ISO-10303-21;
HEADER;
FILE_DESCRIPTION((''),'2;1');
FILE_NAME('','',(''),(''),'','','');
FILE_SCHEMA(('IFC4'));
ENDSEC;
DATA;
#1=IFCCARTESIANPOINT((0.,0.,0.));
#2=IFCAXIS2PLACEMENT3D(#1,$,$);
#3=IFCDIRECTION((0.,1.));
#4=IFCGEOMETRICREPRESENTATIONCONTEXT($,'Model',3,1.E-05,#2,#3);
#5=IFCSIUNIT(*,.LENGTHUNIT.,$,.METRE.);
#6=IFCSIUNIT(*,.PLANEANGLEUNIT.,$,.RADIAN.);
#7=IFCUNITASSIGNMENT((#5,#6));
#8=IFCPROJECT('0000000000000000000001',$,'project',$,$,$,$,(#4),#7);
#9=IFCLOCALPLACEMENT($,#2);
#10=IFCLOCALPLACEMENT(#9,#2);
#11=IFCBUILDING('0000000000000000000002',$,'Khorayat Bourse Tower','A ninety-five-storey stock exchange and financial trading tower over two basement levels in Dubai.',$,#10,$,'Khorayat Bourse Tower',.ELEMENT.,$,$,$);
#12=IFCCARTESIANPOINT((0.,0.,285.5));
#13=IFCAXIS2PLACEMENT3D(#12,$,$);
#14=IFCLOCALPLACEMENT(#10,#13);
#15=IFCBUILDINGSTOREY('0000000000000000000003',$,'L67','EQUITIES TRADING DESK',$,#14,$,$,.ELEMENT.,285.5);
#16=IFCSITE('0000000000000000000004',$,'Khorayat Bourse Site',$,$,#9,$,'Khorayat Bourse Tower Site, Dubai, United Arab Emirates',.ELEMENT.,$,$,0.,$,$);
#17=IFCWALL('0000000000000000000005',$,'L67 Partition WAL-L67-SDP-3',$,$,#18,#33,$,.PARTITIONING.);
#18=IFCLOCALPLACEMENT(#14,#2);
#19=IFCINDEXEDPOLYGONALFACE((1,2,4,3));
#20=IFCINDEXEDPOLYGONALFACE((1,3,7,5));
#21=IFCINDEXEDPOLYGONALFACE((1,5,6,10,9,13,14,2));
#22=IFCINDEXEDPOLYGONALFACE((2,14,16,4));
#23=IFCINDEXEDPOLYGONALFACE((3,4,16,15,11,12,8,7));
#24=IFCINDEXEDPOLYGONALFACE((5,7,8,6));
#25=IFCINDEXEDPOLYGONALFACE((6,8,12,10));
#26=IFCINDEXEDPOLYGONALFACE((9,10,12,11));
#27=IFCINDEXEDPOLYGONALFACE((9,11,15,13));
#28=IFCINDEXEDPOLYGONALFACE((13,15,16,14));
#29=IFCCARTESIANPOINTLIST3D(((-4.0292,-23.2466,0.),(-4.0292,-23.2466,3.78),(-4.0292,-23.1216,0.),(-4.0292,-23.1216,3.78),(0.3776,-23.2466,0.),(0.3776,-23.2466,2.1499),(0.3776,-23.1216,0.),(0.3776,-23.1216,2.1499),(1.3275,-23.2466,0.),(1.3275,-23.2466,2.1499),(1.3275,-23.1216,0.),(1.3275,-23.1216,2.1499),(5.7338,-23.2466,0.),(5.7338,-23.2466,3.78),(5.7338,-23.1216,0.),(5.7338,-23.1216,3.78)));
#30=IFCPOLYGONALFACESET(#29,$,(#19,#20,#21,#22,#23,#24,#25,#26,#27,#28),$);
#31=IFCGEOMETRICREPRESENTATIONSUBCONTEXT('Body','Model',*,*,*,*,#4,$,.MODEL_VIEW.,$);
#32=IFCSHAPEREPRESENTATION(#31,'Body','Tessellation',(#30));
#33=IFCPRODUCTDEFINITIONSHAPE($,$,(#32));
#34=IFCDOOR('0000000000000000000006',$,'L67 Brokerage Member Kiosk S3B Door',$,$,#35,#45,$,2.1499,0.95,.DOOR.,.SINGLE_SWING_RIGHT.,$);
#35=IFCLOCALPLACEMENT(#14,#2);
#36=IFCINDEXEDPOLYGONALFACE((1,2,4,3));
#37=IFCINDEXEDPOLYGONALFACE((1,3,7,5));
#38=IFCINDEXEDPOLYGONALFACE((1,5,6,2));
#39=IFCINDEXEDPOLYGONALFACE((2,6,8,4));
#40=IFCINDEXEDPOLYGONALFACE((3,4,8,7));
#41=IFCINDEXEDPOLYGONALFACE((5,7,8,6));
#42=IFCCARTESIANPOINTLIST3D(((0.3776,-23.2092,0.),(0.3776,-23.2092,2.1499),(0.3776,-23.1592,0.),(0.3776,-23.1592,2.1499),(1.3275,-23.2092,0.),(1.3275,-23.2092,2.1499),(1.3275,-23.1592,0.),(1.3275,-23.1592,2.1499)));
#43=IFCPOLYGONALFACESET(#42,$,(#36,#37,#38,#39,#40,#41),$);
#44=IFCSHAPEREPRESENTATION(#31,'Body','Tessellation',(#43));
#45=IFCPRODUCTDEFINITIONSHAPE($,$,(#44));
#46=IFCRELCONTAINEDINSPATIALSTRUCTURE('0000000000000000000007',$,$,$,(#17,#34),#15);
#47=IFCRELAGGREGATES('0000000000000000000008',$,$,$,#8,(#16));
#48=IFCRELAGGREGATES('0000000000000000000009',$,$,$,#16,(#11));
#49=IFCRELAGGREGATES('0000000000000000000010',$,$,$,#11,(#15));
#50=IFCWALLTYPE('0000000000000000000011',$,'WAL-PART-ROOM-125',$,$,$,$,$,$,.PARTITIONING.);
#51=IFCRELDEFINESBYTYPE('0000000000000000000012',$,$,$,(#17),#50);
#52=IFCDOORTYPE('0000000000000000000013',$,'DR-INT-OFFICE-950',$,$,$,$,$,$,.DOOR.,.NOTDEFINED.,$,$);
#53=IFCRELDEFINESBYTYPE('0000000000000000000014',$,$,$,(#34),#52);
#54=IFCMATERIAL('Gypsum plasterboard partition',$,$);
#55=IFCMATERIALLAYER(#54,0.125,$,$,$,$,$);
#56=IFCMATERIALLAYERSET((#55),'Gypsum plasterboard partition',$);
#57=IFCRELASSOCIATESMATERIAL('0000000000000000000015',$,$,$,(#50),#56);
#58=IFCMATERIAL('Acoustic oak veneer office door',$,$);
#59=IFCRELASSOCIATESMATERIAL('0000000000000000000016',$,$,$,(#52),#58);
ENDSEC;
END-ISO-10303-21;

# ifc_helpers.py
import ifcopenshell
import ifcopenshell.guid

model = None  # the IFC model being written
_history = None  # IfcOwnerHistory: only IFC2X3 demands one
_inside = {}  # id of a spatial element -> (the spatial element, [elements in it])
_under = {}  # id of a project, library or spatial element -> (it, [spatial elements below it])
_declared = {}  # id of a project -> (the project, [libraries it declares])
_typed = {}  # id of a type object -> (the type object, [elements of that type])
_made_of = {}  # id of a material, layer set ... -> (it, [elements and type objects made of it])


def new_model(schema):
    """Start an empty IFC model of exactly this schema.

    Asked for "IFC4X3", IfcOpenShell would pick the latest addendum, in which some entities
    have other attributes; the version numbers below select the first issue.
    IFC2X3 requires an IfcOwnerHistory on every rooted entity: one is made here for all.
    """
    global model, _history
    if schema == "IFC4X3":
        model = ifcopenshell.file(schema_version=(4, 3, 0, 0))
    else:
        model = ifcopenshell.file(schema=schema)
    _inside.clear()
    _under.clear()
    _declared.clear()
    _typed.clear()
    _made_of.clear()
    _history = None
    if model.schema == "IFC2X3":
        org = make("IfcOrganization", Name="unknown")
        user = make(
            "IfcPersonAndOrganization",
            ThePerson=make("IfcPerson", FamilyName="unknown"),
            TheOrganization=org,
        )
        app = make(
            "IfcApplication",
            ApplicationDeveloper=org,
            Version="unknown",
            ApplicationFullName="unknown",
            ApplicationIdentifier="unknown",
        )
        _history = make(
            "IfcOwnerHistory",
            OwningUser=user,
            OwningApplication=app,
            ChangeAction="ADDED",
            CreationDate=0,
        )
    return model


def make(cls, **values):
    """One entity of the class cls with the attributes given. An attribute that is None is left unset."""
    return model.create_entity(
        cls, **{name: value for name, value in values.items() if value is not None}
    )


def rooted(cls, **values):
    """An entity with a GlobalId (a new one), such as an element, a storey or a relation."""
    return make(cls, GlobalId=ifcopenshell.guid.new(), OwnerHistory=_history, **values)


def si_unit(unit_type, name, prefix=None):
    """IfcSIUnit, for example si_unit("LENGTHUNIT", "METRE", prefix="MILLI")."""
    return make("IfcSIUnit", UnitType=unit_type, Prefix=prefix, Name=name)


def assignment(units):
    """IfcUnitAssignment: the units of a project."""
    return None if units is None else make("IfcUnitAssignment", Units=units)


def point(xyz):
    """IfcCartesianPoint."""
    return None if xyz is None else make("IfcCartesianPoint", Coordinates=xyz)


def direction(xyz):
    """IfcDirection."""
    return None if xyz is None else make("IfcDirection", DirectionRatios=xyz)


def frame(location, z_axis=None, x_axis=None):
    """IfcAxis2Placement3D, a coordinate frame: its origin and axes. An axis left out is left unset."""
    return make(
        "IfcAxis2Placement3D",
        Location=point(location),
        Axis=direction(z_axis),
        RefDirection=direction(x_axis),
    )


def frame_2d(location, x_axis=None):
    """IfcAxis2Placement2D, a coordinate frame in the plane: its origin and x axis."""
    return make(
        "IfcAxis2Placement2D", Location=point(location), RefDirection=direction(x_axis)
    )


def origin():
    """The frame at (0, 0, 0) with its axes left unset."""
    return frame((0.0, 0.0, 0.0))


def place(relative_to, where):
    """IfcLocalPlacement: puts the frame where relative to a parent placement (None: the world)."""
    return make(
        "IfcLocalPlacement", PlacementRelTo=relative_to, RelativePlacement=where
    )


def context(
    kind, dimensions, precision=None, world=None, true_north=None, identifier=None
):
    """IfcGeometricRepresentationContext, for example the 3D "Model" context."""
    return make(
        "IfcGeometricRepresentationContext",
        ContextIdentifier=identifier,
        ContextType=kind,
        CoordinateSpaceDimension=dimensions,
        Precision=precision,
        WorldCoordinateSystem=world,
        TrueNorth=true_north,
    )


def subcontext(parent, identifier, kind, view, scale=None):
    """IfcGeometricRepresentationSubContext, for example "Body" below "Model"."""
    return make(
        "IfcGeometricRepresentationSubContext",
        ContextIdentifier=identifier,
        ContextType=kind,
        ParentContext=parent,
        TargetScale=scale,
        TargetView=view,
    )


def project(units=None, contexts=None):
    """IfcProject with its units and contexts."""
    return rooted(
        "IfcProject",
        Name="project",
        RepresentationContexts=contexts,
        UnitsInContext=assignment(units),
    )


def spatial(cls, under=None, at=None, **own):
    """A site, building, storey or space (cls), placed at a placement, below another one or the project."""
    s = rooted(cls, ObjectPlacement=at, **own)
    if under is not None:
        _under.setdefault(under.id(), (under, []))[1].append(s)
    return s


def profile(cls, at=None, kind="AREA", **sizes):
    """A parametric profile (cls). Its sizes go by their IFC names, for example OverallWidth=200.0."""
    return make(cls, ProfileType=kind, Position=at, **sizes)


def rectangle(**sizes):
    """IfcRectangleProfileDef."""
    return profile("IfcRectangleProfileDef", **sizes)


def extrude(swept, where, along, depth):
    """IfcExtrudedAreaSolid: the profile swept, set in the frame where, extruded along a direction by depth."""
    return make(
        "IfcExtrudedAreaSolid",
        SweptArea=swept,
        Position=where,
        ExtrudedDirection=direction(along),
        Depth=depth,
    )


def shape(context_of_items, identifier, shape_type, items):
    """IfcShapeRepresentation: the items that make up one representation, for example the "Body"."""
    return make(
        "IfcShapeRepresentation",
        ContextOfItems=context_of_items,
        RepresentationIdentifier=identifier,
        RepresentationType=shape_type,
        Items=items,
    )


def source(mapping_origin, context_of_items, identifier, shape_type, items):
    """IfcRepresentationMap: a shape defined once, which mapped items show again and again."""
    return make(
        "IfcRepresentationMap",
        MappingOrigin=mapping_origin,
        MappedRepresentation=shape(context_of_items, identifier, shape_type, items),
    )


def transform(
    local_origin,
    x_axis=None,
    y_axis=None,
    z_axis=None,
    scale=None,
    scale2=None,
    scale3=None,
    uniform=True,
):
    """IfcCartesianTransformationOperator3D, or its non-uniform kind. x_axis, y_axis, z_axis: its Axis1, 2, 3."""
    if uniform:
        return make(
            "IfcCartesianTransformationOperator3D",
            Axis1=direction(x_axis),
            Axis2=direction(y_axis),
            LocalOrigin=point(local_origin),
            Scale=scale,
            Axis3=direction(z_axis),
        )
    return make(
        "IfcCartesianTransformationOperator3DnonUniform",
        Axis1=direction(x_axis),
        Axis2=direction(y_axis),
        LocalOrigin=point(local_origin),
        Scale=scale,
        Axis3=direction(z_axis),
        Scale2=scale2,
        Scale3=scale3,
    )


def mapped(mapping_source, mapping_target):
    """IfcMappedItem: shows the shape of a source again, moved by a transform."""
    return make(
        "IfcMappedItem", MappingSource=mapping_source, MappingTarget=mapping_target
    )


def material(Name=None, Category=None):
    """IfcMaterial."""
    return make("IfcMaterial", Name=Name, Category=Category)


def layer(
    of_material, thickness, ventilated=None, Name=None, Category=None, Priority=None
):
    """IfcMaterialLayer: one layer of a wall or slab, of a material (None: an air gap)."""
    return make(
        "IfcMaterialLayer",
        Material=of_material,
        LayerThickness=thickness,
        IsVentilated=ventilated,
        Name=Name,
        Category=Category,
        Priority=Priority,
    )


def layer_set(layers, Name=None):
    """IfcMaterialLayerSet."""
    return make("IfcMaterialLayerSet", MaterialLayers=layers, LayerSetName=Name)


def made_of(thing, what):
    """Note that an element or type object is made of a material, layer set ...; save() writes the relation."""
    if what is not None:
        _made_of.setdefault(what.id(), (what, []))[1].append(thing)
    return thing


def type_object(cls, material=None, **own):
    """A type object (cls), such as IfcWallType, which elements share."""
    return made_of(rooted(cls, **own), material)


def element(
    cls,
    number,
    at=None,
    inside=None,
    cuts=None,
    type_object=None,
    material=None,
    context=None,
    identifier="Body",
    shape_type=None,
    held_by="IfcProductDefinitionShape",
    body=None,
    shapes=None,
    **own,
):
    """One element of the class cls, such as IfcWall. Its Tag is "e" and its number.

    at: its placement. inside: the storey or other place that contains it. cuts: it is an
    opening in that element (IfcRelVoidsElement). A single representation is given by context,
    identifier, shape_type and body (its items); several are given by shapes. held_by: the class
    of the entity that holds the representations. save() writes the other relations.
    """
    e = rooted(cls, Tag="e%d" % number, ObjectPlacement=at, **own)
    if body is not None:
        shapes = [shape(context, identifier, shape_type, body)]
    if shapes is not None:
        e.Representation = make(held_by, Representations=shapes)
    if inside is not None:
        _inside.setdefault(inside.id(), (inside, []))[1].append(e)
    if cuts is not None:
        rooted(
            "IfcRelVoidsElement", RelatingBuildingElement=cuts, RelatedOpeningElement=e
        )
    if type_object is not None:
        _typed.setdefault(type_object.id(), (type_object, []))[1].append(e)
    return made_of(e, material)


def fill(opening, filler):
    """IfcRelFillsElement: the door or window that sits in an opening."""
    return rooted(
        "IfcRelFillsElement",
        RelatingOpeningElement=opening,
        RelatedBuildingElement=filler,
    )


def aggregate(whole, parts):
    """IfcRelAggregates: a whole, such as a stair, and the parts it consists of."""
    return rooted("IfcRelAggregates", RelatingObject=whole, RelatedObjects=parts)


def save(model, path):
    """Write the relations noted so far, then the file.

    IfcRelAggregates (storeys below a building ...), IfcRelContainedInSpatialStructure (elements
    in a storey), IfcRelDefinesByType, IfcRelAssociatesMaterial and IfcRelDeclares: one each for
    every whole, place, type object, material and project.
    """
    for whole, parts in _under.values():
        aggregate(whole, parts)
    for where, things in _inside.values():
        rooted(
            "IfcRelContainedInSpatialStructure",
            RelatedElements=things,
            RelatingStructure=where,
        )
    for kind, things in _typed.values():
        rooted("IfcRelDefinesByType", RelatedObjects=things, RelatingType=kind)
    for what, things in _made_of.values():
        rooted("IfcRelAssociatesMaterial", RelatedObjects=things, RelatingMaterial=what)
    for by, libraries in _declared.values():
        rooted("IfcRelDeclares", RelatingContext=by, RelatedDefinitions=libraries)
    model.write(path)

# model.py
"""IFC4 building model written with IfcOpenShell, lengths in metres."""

from ifc_helpers import new_model, si_unit, direction, frame, frame_2d, origin, place, context, subcontext, project, spatial, rectangle, extrude, source, transform, mapped, material, layer, layer_set, type_object, element, fill, save


model = new_model("IFC4")

# Units and contexts
model_context = context("Model", 3, precision=1e-05, world=origin(), true_north=direction((0.0, 1.0)))
body_context = subcontext(model_context, "Body", "Model", "MODEL_VIEW")
ifc_project = project(units=[si_unit("LENGTHUNIT", "METRE"), si_unit("PLANEANGLEUNIT", "RADIAN")], contexts=[model_context])

# Site, building, storey
site_placement = place(None, origin())
site = spatial("IfcSite", under=ifc_project, at=site_placement, Name="Khorayat Bourse Site", LongName="Khorayat Bourse Tower Site, Dubai, United Arab Emirates", CompositionType="ELEMENT", RefElevation=0.0)
building_placement = place(site_placement, origin())
building = spatial("IfcBuilding", under=site, at=building_placement, Name="Khorayat Bourse Tower", Description="A ninety-five-storey stock exchange and financial trading tower over two basement levels in Dubai.", LongName="Khorayat Bourse Tower", CompositionType="ELEMENT")
storey_placement = place(building_placement, frame((0.0, 0.0, 285.5)))
storey = spatial("IfcBuildingStorey", under=building, at=storey_placement, Name="L67", Description="EQUITIES TRADING DESK", CompositionType="ELEMENT", Elevation=285.5)

# Wall, opening, door
ifc_material_1 = material(Name="Gypsum plasterboard partition")
ifc_layer_1 = layer(ifc_material_1, 0.125)
ifc_layer_set_1 = layer_set([ifc_layer_1], Name="Gypsum plasterboard partition")
wall_type_1 = type_object("IfcWallType", Name="WAL-PART-ROOM-125", PredefinedType="PARTITIONING", material=ifc_layer_set_1)
shared_shape_1 = source(origin(), body_context, "Body", "SweptSolid", [
    extrude(rectangle(XDim=9.7629, YDim=0.125, at=frame_2d((4.8813, 0.0))), origin(), (0.0, 0.0, 1.0), 3.78),
])
wall_1_placement = place(storey_placement, frame((-4.0291, -23.1841, 0.0), z_axis=(0.0, 0.0, 1.0), x_axis=(1.0, 0.0, 0.0)))
wall_1 = element("IfcWall", 1, at=wall_1_placement, inside=storey, type_object=wall_type_1, Name="L67 Partition WAL-L67-SDP-3", PredefinedType="PARTITIONING", context=body_context, shape_type="MappedRepresentation", body=[
    mapped(shared_shape_1, transform((0.0, 0.0, 0.0), scale=1.0)),
])
shared_shape_2 = source(origin(), body_context, "Body", "SweptSolid", [
    extrude(rectangle(XDim=0.95, YDim=2.1499, at=frame_2d((0.4751, 1.075))), frame((0.0, 0.0725, 0.0), z_axis=(0.0, -1.0, 0.0), x_axis=(1.0, 0.0, 0.0)), (0.0, 0.0, 1.0), 0.145),
])
opening_placement = place(wall_1_placement, frame((4.4065, 0.0, 0.0)))
opening = element("IfcOpeningElement", 2, at=opening_placement, cuts=wall_1, PredefinedType="OPENING", context=body_context, shape_type="MappedRepresentation", body=[
    mapped(shared_shape_2, transform((0.0, 0.0, 0.0), scale=1.0)),
])
ifc_material_2 = material(Name="Acoustic oak veneer office door")
door_type = type_object("IfcDoorType", Name="DR-INT-OFFICE-950", OperationType="NOTDEFINED", PredefinedType="DOOR", material=ifc_material_2)
shared_shape_3 = source(origin(), body_context, "Body", "SweptSolid", [
    extrude(rectangle(XDim=0.95, YDim=2.1499, at=frame_2d((0.4751, 1.075))), frame((0.0, 0.0249, 0.0), z_axis=(0.0, -1.0, 0.0), x_axis=(1.0, 0.0, 0.0)), (0.0, 0.0, 1.0), 0.05),
])
door_placement = place(opening_placement, origin())
door = element("IfcDoor", 3, at=door_placement, inside=storey, type_object=door_type, Name="L67 Brokerage Member Kiosk S3B Door", OperationType="SINGLE_SWING_RIGHT", OverallHeight=2.1499, OverallWidth=0.95, PredefinedType="DOOR", context=body_context, shape_type="MappedRepresentation", body=[
    mapped(shared_shape_3, transform((0.0, 0.0, 0.0), scale=1.0)),
])
fill(opening, door)

save(model, "model.ifc")
